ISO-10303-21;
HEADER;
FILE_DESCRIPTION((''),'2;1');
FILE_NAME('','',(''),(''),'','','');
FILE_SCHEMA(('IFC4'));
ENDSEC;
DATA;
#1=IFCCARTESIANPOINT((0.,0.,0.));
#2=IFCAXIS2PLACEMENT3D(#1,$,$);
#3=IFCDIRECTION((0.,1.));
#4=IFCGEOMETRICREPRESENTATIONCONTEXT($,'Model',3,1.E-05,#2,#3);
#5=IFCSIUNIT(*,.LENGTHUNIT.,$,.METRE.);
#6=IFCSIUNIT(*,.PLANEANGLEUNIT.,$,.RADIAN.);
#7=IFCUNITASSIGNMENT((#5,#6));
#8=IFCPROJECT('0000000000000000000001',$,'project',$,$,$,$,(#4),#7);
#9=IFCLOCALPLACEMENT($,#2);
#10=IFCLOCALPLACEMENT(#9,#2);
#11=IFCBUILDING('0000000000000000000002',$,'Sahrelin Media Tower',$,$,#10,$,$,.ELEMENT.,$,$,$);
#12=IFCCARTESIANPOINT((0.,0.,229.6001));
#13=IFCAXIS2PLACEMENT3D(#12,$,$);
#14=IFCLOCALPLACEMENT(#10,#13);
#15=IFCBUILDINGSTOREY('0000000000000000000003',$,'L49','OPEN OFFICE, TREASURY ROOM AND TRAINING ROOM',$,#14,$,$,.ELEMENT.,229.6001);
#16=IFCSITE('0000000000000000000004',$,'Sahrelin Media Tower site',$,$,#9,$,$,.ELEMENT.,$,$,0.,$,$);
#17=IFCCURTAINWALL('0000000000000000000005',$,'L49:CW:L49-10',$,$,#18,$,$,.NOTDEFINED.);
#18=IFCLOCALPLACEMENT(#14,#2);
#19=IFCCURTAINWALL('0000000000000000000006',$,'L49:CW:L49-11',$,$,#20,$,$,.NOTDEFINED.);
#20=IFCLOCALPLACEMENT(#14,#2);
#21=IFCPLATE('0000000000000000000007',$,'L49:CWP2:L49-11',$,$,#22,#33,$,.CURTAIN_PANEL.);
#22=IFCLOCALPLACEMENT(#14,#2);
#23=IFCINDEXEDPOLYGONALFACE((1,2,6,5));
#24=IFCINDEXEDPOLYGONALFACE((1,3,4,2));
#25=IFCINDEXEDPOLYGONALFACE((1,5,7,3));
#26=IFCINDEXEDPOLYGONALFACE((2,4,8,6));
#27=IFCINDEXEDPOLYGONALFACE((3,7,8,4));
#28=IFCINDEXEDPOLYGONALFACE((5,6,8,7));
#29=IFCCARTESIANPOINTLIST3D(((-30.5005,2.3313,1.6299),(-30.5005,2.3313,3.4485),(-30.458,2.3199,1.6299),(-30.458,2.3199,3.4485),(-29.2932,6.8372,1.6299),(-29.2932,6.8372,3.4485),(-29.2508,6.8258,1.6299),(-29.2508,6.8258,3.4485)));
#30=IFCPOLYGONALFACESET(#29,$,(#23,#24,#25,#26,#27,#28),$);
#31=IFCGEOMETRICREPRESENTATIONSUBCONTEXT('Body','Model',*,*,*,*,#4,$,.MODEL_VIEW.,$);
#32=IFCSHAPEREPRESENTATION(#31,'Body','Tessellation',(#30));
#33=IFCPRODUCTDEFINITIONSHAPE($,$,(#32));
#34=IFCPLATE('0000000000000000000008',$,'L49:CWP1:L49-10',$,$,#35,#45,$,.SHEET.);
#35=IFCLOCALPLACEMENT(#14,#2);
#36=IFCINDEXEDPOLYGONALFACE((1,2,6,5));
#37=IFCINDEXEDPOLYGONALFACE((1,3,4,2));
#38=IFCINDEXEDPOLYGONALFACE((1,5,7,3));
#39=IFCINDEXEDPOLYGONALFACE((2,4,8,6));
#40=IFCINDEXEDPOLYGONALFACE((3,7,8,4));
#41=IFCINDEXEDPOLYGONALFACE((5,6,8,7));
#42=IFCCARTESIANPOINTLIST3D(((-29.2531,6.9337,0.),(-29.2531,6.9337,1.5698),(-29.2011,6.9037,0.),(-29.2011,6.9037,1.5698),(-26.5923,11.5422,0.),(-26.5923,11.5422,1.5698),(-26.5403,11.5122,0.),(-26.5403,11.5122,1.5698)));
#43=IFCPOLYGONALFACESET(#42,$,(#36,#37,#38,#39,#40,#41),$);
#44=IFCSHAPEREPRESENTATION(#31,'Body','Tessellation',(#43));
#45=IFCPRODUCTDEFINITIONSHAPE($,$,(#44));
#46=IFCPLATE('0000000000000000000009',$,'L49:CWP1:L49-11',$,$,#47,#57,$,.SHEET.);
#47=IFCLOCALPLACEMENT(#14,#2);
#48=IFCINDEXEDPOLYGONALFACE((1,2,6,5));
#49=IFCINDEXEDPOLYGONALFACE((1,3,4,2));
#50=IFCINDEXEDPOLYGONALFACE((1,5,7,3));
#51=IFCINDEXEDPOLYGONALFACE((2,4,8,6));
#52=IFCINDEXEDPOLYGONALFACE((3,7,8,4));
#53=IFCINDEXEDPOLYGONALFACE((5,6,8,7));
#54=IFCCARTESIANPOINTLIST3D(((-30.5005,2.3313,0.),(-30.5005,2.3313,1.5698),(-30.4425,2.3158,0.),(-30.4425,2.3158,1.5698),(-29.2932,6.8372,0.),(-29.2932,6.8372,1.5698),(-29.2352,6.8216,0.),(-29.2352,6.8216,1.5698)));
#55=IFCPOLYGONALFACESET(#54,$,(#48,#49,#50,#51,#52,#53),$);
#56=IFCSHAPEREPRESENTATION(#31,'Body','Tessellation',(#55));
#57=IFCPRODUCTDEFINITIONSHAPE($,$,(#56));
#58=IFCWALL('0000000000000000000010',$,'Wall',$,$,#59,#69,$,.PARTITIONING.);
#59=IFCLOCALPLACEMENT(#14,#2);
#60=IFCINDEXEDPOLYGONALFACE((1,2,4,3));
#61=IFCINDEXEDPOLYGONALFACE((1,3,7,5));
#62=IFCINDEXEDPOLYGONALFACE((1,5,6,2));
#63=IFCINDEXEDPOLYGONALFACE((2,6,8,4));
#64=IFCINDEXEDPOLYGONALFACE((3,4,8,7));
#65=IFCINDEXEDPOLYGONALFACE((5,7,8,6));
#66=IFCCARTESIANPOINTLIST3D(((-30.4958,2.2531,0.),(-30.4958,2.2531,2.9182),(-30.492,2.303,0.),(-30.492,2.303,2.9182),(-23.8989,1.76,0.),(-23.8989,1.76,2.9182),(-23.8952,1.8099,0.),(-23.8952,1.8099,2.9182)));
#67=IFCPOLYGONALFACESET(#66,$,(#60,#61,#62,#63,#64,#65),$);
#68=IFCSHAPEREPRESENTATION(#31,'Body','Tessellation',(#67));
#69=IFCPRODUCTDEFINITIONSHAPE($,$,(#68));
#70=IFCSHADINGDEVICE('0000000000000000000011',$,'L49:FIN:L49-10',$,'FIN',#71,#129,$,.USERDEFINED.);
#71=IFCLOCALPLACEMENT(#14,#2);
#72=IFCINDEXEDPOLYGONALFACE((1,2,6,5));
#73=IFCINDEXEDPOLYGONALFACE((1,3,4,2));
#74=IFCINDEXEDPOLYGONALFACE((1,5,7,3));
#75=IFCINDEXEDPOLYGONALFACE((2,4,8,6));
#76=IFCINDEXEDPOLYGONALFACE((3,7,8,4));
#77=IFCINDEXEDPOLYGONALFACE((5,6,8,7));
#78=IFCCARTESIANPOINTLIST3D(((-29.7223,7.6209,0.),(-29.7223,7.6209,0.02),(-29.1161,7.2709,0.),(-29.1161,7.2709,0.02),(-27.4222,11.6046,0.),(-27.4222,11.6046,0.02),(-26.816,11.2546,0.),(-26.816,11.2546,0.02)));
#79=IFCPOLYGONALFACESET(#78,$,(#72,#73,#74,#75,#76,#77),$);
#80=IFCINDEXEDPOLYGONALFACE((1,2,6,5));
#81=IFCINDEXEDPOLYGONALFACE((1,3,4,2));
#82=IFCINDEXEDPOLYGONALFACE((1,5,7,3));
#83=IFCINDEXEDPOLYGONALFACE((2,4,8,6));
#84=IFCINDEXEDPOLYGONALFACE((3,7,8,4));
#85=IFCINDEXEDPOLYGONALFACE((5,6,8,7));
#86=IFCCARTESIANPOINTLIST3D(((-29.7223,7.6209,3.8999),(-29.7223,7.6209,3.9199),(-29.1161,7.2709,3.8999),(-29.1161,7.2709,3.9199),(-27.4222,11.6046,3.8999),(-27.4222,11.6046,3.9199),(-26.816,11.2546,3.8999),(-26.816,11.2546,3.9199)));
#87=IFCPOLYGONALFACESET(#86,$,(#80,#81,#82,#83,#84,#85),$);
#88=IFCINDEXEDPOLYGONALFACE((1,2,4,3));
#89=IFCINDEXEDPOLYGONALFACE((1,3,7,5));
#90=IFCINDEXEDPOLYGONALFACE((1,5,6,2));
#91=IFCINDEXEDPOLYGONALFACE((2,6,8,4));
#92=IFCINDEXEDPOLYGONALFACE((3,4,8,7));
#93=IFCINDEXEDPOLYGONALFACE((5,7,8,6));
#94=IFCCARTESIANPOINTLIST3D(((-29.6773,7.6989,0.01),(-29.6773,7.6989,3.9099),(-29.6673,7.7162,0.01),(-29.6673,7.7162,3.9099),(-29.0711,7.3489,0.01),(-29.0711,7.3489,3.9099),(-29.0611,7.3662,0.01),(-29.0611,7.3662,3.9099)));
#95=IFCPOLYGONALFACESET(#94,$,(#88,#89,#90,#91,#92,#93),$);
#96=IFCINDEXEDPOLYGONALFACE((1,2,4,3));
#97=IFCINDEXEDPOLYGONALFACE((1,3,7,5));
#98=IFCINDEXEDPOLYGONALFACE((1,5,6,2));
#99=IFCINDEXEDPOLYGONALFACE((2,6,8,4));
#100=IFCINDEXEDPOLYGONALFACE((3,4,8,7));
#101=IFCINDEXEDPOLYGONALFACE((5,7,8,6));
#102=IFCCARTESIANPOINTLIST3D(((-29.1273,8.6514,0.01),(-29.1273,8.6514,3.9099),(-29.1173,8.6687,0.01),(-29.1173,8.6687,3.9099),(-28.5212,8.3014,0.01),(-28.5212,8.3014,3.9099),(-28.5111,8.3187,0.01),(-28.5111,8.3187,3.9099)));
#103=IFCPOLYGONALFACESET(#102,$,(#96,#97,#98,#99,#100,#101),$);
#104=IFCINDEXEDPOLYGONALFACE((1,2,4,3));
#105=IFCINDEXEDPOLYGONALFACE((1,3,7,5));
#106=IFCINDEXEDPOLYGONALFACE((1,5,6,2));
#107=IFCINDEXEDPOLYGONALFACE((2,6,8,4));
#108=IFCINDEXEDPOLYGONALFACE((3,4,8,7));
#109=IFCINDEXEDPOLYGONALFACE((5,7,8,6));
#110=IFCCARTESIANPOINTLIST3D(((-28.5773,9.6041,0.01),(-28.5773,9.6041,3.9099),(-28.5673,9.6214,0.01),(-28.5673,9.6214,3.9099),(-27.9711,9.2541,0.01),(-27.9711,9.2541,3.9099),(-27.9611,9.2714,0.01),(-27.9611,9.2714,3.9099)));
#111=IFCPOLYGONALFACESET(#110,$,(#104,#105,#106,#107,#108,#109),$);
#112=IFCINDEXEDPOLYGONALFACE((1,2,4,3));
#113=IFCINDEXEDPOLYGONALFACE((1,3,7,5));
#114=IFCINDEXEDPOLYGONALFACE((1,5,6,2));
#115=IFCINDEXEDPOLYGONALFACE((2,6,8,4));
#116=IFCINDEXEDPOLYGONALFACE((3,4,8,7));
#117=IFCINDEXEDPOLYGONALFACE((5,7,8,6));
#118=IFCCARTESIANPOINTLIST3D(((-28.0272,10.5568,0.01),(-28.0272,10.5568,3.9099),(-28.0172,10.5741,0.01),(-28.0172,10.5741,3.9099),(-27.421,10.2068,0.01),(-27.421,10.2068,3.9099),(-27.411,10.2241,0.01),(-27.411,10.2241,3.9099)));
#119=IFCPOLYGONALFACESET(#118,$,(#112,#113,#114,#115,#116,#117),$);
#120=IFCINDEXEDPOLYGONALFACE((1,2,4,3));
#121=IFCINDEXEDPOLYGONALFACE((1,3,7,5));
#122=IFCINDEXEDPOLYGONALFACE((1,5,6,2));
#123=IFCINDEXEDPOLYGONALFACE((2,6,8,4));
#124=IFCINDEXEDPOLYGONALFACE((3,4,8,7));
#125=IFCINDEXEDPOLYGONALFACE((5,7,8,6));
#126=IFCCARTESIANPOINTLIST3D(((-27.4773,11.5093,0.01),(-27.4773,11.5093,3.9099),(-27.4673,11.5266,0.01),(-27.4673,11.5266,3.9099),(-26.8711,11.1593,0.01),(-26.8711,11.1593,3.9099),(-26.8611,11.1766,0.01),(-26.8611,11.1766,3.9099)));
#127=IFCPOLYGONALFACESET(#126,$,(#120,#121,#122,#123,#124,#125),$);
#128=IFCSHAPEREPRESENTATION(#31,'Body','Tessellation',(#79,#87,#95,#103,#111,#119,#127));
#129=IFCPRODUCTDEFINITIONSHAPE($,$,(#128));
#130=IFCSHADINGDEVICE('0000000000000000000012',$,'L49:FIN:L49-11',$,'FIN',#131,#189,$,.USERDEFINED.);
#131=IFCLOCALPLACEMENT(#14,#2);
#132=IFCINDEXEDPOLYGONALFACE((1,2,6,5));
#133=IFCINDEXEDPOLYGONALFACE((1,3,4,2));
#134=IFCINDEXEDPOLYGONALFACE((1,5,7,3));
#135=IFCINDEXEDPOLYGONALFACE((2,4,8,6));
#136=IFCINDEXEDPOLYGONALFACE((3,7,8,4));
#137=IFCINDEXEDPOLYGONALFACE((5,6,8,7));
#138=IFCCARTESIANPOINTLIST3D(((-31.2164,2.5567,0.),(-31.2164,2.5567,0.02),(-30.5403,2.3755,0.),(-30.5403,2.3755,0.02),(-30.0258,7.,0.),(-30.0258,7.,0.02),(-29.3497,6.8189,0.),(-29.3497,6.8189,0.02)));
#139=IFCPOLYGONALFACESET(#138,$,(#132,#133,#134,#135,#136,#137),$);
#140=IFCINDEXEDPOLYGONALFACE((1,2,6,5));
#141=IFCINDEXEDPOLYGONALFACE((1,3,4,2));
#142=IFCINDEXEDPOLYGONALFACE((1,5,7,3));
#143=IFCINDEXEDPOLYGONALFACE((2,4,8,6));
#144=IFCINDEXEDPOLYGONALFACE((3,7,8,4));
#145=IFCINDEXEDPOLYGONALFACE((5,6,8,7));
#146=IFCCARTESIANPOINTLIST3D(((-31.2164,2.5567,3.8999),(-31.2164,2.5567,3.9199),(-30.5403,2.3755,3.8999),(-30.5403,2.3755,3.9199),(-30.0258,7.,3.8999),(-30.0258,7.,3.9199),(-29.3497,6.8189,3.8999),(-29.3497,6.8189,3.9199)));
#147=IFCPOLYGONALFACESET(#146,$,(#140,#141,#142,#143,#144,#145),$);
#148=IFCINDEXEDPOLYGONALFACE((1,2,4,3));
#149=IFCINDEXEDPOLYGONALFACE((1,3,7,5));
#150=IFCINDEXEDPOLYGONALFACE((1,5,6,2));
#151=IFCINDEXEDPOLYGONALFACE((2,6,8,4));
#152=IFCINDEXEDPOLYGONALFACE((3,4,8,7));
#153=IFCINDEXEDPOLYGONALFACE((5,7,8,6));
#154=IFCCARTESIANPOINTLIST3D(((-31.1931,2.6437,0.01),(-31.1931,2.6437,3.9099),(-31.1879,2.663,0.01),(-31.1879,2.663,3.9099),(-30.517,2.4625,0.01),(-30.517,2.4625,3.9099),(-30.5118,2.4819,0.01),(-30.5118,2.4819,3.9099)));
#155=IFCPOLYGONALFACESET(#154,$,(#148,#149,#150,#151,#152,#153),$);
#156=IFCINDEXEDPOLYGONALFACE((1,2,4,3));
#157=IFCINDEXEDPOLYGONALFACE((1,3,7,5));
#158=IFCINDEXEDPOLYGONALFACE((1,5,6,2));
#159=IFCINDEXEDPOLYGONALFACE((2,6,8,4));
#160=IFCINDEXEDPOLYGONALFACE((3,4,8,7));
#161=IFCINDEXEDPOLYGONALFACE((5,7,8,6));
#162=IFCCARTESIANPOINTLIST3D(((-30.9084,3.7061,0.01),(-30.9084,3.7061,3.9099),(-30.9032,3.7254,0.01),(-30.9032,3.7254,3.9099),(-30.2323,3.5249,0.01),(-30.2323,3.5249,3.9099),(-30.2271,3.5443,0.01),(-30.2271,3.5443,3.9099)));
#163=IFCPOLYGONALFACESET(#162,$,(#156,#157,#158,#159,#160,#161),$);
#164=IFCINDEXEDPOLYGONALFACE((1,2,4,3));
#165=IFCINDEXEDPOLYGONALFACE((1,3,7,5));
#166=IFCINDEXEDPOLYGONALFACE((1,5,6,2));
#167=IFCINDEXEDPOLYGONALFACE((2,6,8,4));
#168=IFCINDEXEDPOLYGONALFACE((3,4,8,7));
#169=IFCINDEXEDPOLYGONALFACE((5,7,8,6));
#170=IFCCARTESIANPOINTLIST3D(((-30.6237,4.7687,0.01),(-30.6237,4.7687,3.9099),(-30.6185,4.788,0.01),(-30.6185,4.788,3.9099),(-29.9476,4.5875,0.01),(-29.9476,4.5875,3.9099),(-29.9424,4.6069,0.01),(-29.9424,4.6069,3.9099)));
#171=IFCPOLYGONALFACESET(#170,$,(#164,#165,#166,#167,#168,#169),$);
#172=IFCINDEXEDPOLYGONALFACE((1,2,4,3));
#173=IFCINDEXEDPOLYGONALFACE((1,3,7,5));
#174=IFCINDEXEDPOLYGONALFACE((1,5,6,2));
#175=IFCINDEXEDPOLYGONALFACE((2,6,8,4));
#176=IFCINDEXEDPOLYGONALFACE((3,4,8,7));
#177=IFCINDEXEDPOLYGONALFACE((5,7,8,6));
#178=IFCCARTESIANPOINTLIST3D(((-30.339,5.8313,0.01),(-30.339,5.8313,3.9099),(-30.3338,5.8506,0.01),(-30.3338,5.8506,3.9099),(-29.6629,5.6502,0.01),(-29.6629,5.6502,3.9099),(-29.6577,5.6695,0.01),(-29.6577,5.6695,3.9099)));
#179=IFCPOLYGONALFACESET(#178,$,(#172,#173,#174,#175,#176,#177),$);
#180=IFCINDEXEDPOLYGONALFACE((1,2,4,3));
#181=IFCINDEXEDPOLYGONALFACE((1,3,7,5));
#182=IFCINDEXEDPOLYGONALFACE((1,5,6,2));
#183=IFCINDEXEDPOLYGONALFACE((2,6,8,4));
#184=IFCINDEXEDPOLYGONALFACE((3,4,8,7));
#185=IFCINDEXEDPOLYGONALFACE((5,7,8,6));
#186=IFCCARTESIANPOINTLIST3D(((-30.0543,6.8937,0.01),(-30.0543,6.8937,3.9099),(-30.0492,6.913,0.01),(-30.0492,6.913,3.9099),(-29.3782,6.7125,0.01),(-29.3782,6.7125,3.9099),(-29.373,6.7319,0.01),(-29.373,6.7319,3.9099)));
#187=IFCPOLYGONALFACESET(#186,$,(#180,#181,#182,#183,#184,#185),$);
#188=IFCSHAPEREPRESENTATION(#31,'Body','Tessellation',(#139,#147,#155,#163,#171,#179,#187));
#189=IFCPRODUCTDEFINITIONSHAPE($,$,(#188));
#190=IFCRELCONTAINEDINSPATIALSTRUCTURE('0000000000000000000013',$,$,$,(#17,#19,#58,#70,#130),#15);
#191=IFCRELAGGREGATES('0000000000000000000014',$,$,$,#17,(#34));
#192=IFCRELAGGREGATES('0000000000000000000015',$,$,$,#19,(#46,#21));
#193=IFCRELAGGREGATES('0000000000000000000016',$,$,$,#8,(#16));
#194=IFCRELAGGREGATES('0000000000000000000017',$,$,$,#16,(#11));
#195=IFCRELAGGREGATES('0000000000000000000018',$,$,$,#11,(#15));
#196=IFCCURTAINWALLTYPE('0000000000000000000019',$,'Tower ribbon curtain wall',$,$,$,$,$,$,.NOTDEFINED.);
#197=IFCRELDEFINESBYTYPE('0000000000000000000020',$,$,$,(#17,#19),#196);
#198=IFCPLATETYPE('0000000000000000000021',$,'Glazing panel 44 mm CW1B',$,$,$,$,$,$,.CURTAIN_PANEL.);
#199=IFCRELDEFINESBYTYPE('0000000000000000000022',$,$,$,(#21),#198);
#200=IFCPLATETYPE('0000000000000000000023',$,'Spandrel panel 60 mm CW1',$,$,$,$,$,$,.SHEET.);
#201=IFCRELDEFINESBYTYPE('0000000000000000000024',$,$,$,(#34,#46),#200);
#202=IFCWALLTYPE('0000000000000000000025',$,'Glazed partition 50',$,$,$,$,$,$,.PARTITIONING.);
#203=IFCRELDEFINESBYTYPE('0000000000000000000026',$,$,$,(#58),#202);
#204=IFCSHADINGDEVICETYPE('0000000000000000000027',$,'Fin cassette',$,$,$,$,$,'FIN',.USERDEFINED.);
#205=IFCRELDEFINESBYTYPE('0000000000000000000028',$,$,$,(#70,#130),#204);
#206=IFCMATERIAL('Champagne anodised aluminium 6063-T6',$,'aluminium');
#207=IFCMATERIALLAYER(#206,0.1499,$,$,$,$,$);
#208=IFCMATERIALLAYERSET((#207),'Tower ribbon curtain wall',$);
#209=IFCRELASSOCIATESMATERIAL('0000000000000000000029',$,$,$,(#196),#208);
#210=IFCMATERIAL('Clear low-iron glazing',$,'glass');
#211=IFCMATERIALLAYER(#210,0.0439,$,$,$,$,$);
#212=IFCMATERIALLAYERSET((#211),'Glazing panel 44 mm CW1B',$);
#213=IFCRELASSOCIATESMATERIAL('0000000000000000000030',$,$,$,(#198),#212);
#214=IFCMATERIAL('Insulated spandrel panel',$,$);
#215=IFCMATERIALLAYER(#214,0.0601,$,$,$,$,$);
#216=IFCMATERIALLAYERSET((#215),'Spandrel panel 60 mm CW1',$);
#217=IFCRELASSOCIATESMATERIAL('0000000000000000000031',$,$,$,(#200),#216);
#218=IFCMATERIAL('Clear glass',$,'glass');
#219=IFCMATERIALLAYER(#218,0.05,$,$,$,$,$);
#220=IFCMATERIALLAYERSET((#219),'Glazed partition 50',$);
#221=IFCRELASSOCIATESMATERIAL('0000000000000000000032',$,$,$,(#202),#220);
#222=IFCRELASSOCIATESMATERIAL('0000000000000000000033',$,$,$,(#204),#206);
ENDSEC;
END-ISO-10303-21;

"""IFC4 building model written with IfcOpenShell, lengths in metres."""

from ifc_helpers import new_model, si_unit, direction, frame, frame_2d, origin, origin_2d, place, context, subcontext, project, spatial, polyline, rectangle, outline, extrude, material, layer, layer_set, type_object, element, aggregate, save


model = new_model("IFC4")

# Units and contexts
model_context = context("Model", 3, precision=1e-05, world=origin(), true_north=direction((0.0, 1.0)))
body_context = subcontext(model_context, "Body", "Model", "MODEL_VIEW")
ifc_project = project(units=[si_unit("LENGTHUNIT", "METRE"), si_unit("PLANEANGLEUNIT", "RADIAN")], contexts=[model_context])

# Site, building, storey
site_placement = place(None, origin())
site = spatial("IfcSite", under=ifc_project, at=site_placement, Name="Sahrelin Media Tower site", CompositionType="ELEMENT", RefElevation=0.0)
building_placement = place(site_placement, origin())
building = spatial("IfcBuilding", under=site, at=building_placement, Name="Sahrelin Media Tower", CompositionType="ELEMENT")
storey_placement = place(building_placement, frame((0.0, 0.0, 229.6001)))
storey = spatial("IfcBuildingStorey", under=building, at=storey_placement, Name="L49", Description="OPEN OFFICE, TREASURY ROOM AND TRAINING ROOM", CompositionType="ELEMENT", Elevation=229.6001)

# Curtain walls
ifc_material_1 = material(Name="Champagne anodised aluminium 6063-T6", Category="aluminium")
ifc_layer_1 = layer(ifc_material_1, 0.1499)
ifc_layer_set_1 = layer_set([ifc_layer_1], Name="Tower ribbon curtain wall")
curtain_wall_type = type_object("IfcCurtainWallType", Name="Tower ribbon curtain wall", PredefinedType="NOTDEFINED", material=ifc_layer_set_1)
curtain_wall_1_placement = place(storey_placement, frame((-27.9055, 9.2278, 0.0), z_axis=(0.0, 0.0, 1.0), x_axis=(1.0, 0.0, 0.0)))
curtain_wall_1 = element("IfcCurtainWall", 1, at=curtain_wall_1_placement, inside=storey, type_object=curtain_wall_type, Name="L49:CW:L49-10", PredefinedType="NOTDEFINED")
curtain_wall_2_placement = place(storey_placement, frame((-29.8774, 4.5791, 0.0), z_axis=(0.0, 0.0, 1.0), x_axis=(1.0, 0.0, 0.0)))
curtain_wall_2 = element("IfcCurtainWall", 2, at=curtain_wall_2_placement, inside=storey, type_object=curtain_wall_type, Name="L49:CW:L49-11", PredefinedType="NOTDEFINED")

# Plates
ifc_material_2 = material(Name="Clear low-iron glazing", Category="glass")
ifc_layer_2 = layer(ifc_material_2, 0.0439)
ifc_layer_set_2 = layer_set([ifc_layer_2], Name="Glazing panel 44 mm CW1B")
plate_type_1 = type_object("IfcPlateType", Name="Glazing panel 44 mm CW1B", PredefinedType="CURTAIN_PANEL", material=ifc_layer_set_2)
plate_1_placement = place(storey_placement, frame((-29.2932, 6.8372, 1.6299), z_axis=(-0.965929, 0.258806, 0.0), x_axis=(-0.258806, -0.965929, 0.0)))
plate_1 = element("IfcPlate", 3, at=plate_1_placement, type_object=plate_type_1, Name="L49:CWP2:L49-11", PredefinedType="CURTAIN_PANEL", context=body_context, shape_type="SweptSolid", body=[
    extrude(outline(polyline([(0.0, 0.0), (4.6648, 0.0), (4.6648, 1.8186), (0.0, 1.8186), (0.0, 0.0)])), origin(), (0.0, 0.0, -1.0), 0.0439),
])
ifc_material_3 = material(Name="Insulated spandrel panel")
ifc_layer_3 = layer(ifc_material_3, 0.0601)
ifc_layer_set_3 = layer_set([ifc_layer_3], Name="Spandrel panel 60 mm CW1")
plate_type_2 = type_object("IfcPlateType", Name="Spandrel panel 60 mm CW1", PredefinedType="SHEET", material=ifc_layer_set_3)
plate_2_placement = place(storey_placement, frame((-26.5923, 11.5422, 0.0), z_axis=(-0.866018, 0.500012, 0.0), x_axis=(-0.500012, -0.866018, 0.0)))
plate_2 = element("IfcPlate", 4, at=plate_2_placement, type_object=plate_type_2, Name="L49:CWP1:L49-10", PredefinedType="SHEET", context=body_context, shape_type="SweptSolid", body=[
    extrude(outline(polyline([(0.0, 0.0), (5.3215, 0.0), (5.3215, 1.5698), (0.0, 1.5698), (0.0, 0.0)])), origin(), (0.0, 0.0, -1.0), 0.0601),
])
aggregate(curtain_wall_1, [plate_2])
plate_3_placement = place(storey_placement, frame((-29.2932, 6.8372, 0.0), z_axis=(-0.965929, 0.258806, 0.0), x_axis=(-0.258806, -0.965929, 0.0)))
plate_3 = element("IfcPlate", 5, at=plate_3_placement, type_object=plate_type_2, Name="L49:CWP1:L49-11", PredefinedType="SHEET", context=body_context, shape_type="SweptSolid", body=[
    extrude(outline(polyline([(0.0, 0.0), (4.6648, 0.0), (4.6648, 1.5698), (0.0, 1.5698), (0.0, 0.0)])), origin(), (0.0, 0.0, -1.0), 0.0601),
])
aggregate(curtain_wall_2, [plate_3, plate_1])

# Wall
ifc_material_4 = material(Name="Clear glass", Category="glass")
ifc_layer_4 = layer(ifc_material_4, 0.05)
ifc_layer_set_4 = layer_set([ifc_layer_4], Name="Glazed partition 50")
wall_type = type_object("IfcWallType", Name="Glazed partition 50", PredefinedType="PARTITIONING", material=ifc_layer_set_4)
wall_placement = place(storey_placement, frame((-30.4939, 2.2781, 0.0), z_axis=(0.0, 0.0, 1.0), x_axis=(0.997217, -0.074549, 0.0)))
element("IfcWall", 6, at=wall_placement, inside=storey, type_object=wall_type, Name="Wall", PredefinedType="PARTITIONING", context=body_context, shape_type="SweptSolid", body=[
    extrude(rectangle(XDim=6.6152, YDim=0.05, at=frame_2d((3.3076, 0.0))), origin(), (0.0, 0.0, 1.0), 2.9182),
])

# Shading devices
shading_device_type_1 = type_object("IfcShadingDeviceType", Name="Fin cassette", ElementType="FIN", PredefinedType="USERDEFINED", material=ifc_material_1)
placement_1 = place(storey_placement, frame((-27.9055, 9.2278, 0.0), z_axis=(0.0, 0.0, 1.0), x_axis=(0.500011, 0.866019, 0.0)))
element("IfcShadingDevice", 7, at=placement_1, inside=storey, type_object=shading_device_type_1, Name="L49:FIN:L49-10", ObjectType="FIN", PredefinedType="USERDEFINED", context=body_context, shape_type="SweptSolid", body=[
    extrude(rectangle(XDim=4.6001, YDim=0.7, at=origin_2d()), frame((0.0, 0.4199, 0.0)), (0.0, 0.0, 1.0), 0.02),
    extrude(rectangle(XDim=4.6001, YDim=0.7, at=origin_2d()), frame((0.0, 0.4199, 3.8999)), (0.0, 0.0, 1.0), 0.02),
    extrude(rectangle(XDim=0.02, YDim=0.7, at=origin_2d()), frame((-2.2, 0.4199, 0.01), z_axis=(0.0, 0.0, 1.0), x_axis=(1.0, 0.0, 0.0)), (0.0, 0.0, 1.0), 3.8999),
    extrude(rectangle(XDim=0.02, YDim=0.7, at=origin_2d()), frame((-1.1001, 0.4199, 0.01), z_axis=(0.0, 0.0, 1.0), x_axis=(1.0, 0.0, 0.0)), (0.0, 0.0, 1.0), 3.8999),
    extrude(rectangle(XDim=0.02, YDim=0.7, at=origin_2d()), frame((0.0, 0.4199, 0.01), z_axis=(0.0, 0.0, 1.0), x_axis=(1.0, 0.0, 0.0)), (0.0, 0.0, 1.0), 3.8999),
    extrude(rectangle(XDim=0.02, YDim=0.7, at=origin_2d()), frame((1.1001, 0.4199, 0.01), z_axis=(0.0, 0.0, 1.0), x_axis=(1.0, 0.0, 0.0)), (0.0, 0.0, 1.0), 3.8999),
    extrude(rectangle(XDim=0.02, YDim=0.7, at=origin_2d()), frame((2.2, 0.4199, 0.01), z_axis=(0.0, 0.0, 1.0), x_axis=(1.0, 0.0, 0.0)), (0.0, 0.0, 1.0), 3.8999),
])
placement_2 = place(storey_placement, frame((-29.8774, 4.5791, 0.0), z_axis=(0.0, 0.0, 1.0), x_axis=(0.258808, 0.965929, 0.0)))
element("IfcShadingDevice", 8, at=placement_2, inside=storey, type_object=shading_device_type_1, Name="L49:FIN:L49-11", ObjectType="FIN", PredefinedType="USERDEFINED", context=body_context, shape_type="SweptSolid", body=[
    extrude(rectangle(XDim=4.6001, YDim=0.7, at=origin_2d()), frame((0.0, 0.4199, 0.0)), (0.0, 0.0, 1.0), 0.02),
    extrude(rectangle(XDim=4.6001, YDim=0.7, at=origin_2d()), frame((0.0, 0.4199, 3.8999)), (0.0, 0.0, 1.0), 0.02),
    extrude(rectangle(XDim=0.02, YDim=0.7, at=origin_2d()), frame((-2.2, 0.4199, 0.01), z_axis=(0.0, 0.0, 1.0), x_axis=(1.0, 0.0, 0.0)), (0.0, 0.0, 1.0), 3.8999),
    extrude(rectangle(XDim=0.02, YDim=0.7, at=origin_2d()), frame((-1.1001, 0.4199, 0.01), z_axis=(0.0, 0.0, 1.0), x_axis=(1.0, 0.0, 0.0)), (0.0, 0.0, 1.0), 3.8999),
    extrude(rectangle(XDim=0.02, YDim=0.7, at=origin_2d()), frame((0.0, 0.4199, 0.01), z_axis=(0.0, 0.0, 1.0), x_axis=(1.0, 0.0, 0.0)), (0.0, 0.0, 1.0), 3.8999),
    extrude(rectangle(XDim=0.02, YDim=0.7, at=origin_2d()), frame((1.1001, 0.4199, 0.01), z_axis=(0.0, 0.0, 1.0), x_axis=(1.0, 0.0, 0.0)), (0.0, 0.0, 1.0), 3.8999),
    extrude(rectangle(XDim=0.02, YDim=0.7, at=origin_2d()), frame((2.2, 0.4199, 0.01), z_axis=(0.0, 0.0, 1.0), x_axis=(1.0, 0.0, 0.0)), (0.0, 0.0, 1.0), 3.8999),
])

save(model, "model.ifc")
